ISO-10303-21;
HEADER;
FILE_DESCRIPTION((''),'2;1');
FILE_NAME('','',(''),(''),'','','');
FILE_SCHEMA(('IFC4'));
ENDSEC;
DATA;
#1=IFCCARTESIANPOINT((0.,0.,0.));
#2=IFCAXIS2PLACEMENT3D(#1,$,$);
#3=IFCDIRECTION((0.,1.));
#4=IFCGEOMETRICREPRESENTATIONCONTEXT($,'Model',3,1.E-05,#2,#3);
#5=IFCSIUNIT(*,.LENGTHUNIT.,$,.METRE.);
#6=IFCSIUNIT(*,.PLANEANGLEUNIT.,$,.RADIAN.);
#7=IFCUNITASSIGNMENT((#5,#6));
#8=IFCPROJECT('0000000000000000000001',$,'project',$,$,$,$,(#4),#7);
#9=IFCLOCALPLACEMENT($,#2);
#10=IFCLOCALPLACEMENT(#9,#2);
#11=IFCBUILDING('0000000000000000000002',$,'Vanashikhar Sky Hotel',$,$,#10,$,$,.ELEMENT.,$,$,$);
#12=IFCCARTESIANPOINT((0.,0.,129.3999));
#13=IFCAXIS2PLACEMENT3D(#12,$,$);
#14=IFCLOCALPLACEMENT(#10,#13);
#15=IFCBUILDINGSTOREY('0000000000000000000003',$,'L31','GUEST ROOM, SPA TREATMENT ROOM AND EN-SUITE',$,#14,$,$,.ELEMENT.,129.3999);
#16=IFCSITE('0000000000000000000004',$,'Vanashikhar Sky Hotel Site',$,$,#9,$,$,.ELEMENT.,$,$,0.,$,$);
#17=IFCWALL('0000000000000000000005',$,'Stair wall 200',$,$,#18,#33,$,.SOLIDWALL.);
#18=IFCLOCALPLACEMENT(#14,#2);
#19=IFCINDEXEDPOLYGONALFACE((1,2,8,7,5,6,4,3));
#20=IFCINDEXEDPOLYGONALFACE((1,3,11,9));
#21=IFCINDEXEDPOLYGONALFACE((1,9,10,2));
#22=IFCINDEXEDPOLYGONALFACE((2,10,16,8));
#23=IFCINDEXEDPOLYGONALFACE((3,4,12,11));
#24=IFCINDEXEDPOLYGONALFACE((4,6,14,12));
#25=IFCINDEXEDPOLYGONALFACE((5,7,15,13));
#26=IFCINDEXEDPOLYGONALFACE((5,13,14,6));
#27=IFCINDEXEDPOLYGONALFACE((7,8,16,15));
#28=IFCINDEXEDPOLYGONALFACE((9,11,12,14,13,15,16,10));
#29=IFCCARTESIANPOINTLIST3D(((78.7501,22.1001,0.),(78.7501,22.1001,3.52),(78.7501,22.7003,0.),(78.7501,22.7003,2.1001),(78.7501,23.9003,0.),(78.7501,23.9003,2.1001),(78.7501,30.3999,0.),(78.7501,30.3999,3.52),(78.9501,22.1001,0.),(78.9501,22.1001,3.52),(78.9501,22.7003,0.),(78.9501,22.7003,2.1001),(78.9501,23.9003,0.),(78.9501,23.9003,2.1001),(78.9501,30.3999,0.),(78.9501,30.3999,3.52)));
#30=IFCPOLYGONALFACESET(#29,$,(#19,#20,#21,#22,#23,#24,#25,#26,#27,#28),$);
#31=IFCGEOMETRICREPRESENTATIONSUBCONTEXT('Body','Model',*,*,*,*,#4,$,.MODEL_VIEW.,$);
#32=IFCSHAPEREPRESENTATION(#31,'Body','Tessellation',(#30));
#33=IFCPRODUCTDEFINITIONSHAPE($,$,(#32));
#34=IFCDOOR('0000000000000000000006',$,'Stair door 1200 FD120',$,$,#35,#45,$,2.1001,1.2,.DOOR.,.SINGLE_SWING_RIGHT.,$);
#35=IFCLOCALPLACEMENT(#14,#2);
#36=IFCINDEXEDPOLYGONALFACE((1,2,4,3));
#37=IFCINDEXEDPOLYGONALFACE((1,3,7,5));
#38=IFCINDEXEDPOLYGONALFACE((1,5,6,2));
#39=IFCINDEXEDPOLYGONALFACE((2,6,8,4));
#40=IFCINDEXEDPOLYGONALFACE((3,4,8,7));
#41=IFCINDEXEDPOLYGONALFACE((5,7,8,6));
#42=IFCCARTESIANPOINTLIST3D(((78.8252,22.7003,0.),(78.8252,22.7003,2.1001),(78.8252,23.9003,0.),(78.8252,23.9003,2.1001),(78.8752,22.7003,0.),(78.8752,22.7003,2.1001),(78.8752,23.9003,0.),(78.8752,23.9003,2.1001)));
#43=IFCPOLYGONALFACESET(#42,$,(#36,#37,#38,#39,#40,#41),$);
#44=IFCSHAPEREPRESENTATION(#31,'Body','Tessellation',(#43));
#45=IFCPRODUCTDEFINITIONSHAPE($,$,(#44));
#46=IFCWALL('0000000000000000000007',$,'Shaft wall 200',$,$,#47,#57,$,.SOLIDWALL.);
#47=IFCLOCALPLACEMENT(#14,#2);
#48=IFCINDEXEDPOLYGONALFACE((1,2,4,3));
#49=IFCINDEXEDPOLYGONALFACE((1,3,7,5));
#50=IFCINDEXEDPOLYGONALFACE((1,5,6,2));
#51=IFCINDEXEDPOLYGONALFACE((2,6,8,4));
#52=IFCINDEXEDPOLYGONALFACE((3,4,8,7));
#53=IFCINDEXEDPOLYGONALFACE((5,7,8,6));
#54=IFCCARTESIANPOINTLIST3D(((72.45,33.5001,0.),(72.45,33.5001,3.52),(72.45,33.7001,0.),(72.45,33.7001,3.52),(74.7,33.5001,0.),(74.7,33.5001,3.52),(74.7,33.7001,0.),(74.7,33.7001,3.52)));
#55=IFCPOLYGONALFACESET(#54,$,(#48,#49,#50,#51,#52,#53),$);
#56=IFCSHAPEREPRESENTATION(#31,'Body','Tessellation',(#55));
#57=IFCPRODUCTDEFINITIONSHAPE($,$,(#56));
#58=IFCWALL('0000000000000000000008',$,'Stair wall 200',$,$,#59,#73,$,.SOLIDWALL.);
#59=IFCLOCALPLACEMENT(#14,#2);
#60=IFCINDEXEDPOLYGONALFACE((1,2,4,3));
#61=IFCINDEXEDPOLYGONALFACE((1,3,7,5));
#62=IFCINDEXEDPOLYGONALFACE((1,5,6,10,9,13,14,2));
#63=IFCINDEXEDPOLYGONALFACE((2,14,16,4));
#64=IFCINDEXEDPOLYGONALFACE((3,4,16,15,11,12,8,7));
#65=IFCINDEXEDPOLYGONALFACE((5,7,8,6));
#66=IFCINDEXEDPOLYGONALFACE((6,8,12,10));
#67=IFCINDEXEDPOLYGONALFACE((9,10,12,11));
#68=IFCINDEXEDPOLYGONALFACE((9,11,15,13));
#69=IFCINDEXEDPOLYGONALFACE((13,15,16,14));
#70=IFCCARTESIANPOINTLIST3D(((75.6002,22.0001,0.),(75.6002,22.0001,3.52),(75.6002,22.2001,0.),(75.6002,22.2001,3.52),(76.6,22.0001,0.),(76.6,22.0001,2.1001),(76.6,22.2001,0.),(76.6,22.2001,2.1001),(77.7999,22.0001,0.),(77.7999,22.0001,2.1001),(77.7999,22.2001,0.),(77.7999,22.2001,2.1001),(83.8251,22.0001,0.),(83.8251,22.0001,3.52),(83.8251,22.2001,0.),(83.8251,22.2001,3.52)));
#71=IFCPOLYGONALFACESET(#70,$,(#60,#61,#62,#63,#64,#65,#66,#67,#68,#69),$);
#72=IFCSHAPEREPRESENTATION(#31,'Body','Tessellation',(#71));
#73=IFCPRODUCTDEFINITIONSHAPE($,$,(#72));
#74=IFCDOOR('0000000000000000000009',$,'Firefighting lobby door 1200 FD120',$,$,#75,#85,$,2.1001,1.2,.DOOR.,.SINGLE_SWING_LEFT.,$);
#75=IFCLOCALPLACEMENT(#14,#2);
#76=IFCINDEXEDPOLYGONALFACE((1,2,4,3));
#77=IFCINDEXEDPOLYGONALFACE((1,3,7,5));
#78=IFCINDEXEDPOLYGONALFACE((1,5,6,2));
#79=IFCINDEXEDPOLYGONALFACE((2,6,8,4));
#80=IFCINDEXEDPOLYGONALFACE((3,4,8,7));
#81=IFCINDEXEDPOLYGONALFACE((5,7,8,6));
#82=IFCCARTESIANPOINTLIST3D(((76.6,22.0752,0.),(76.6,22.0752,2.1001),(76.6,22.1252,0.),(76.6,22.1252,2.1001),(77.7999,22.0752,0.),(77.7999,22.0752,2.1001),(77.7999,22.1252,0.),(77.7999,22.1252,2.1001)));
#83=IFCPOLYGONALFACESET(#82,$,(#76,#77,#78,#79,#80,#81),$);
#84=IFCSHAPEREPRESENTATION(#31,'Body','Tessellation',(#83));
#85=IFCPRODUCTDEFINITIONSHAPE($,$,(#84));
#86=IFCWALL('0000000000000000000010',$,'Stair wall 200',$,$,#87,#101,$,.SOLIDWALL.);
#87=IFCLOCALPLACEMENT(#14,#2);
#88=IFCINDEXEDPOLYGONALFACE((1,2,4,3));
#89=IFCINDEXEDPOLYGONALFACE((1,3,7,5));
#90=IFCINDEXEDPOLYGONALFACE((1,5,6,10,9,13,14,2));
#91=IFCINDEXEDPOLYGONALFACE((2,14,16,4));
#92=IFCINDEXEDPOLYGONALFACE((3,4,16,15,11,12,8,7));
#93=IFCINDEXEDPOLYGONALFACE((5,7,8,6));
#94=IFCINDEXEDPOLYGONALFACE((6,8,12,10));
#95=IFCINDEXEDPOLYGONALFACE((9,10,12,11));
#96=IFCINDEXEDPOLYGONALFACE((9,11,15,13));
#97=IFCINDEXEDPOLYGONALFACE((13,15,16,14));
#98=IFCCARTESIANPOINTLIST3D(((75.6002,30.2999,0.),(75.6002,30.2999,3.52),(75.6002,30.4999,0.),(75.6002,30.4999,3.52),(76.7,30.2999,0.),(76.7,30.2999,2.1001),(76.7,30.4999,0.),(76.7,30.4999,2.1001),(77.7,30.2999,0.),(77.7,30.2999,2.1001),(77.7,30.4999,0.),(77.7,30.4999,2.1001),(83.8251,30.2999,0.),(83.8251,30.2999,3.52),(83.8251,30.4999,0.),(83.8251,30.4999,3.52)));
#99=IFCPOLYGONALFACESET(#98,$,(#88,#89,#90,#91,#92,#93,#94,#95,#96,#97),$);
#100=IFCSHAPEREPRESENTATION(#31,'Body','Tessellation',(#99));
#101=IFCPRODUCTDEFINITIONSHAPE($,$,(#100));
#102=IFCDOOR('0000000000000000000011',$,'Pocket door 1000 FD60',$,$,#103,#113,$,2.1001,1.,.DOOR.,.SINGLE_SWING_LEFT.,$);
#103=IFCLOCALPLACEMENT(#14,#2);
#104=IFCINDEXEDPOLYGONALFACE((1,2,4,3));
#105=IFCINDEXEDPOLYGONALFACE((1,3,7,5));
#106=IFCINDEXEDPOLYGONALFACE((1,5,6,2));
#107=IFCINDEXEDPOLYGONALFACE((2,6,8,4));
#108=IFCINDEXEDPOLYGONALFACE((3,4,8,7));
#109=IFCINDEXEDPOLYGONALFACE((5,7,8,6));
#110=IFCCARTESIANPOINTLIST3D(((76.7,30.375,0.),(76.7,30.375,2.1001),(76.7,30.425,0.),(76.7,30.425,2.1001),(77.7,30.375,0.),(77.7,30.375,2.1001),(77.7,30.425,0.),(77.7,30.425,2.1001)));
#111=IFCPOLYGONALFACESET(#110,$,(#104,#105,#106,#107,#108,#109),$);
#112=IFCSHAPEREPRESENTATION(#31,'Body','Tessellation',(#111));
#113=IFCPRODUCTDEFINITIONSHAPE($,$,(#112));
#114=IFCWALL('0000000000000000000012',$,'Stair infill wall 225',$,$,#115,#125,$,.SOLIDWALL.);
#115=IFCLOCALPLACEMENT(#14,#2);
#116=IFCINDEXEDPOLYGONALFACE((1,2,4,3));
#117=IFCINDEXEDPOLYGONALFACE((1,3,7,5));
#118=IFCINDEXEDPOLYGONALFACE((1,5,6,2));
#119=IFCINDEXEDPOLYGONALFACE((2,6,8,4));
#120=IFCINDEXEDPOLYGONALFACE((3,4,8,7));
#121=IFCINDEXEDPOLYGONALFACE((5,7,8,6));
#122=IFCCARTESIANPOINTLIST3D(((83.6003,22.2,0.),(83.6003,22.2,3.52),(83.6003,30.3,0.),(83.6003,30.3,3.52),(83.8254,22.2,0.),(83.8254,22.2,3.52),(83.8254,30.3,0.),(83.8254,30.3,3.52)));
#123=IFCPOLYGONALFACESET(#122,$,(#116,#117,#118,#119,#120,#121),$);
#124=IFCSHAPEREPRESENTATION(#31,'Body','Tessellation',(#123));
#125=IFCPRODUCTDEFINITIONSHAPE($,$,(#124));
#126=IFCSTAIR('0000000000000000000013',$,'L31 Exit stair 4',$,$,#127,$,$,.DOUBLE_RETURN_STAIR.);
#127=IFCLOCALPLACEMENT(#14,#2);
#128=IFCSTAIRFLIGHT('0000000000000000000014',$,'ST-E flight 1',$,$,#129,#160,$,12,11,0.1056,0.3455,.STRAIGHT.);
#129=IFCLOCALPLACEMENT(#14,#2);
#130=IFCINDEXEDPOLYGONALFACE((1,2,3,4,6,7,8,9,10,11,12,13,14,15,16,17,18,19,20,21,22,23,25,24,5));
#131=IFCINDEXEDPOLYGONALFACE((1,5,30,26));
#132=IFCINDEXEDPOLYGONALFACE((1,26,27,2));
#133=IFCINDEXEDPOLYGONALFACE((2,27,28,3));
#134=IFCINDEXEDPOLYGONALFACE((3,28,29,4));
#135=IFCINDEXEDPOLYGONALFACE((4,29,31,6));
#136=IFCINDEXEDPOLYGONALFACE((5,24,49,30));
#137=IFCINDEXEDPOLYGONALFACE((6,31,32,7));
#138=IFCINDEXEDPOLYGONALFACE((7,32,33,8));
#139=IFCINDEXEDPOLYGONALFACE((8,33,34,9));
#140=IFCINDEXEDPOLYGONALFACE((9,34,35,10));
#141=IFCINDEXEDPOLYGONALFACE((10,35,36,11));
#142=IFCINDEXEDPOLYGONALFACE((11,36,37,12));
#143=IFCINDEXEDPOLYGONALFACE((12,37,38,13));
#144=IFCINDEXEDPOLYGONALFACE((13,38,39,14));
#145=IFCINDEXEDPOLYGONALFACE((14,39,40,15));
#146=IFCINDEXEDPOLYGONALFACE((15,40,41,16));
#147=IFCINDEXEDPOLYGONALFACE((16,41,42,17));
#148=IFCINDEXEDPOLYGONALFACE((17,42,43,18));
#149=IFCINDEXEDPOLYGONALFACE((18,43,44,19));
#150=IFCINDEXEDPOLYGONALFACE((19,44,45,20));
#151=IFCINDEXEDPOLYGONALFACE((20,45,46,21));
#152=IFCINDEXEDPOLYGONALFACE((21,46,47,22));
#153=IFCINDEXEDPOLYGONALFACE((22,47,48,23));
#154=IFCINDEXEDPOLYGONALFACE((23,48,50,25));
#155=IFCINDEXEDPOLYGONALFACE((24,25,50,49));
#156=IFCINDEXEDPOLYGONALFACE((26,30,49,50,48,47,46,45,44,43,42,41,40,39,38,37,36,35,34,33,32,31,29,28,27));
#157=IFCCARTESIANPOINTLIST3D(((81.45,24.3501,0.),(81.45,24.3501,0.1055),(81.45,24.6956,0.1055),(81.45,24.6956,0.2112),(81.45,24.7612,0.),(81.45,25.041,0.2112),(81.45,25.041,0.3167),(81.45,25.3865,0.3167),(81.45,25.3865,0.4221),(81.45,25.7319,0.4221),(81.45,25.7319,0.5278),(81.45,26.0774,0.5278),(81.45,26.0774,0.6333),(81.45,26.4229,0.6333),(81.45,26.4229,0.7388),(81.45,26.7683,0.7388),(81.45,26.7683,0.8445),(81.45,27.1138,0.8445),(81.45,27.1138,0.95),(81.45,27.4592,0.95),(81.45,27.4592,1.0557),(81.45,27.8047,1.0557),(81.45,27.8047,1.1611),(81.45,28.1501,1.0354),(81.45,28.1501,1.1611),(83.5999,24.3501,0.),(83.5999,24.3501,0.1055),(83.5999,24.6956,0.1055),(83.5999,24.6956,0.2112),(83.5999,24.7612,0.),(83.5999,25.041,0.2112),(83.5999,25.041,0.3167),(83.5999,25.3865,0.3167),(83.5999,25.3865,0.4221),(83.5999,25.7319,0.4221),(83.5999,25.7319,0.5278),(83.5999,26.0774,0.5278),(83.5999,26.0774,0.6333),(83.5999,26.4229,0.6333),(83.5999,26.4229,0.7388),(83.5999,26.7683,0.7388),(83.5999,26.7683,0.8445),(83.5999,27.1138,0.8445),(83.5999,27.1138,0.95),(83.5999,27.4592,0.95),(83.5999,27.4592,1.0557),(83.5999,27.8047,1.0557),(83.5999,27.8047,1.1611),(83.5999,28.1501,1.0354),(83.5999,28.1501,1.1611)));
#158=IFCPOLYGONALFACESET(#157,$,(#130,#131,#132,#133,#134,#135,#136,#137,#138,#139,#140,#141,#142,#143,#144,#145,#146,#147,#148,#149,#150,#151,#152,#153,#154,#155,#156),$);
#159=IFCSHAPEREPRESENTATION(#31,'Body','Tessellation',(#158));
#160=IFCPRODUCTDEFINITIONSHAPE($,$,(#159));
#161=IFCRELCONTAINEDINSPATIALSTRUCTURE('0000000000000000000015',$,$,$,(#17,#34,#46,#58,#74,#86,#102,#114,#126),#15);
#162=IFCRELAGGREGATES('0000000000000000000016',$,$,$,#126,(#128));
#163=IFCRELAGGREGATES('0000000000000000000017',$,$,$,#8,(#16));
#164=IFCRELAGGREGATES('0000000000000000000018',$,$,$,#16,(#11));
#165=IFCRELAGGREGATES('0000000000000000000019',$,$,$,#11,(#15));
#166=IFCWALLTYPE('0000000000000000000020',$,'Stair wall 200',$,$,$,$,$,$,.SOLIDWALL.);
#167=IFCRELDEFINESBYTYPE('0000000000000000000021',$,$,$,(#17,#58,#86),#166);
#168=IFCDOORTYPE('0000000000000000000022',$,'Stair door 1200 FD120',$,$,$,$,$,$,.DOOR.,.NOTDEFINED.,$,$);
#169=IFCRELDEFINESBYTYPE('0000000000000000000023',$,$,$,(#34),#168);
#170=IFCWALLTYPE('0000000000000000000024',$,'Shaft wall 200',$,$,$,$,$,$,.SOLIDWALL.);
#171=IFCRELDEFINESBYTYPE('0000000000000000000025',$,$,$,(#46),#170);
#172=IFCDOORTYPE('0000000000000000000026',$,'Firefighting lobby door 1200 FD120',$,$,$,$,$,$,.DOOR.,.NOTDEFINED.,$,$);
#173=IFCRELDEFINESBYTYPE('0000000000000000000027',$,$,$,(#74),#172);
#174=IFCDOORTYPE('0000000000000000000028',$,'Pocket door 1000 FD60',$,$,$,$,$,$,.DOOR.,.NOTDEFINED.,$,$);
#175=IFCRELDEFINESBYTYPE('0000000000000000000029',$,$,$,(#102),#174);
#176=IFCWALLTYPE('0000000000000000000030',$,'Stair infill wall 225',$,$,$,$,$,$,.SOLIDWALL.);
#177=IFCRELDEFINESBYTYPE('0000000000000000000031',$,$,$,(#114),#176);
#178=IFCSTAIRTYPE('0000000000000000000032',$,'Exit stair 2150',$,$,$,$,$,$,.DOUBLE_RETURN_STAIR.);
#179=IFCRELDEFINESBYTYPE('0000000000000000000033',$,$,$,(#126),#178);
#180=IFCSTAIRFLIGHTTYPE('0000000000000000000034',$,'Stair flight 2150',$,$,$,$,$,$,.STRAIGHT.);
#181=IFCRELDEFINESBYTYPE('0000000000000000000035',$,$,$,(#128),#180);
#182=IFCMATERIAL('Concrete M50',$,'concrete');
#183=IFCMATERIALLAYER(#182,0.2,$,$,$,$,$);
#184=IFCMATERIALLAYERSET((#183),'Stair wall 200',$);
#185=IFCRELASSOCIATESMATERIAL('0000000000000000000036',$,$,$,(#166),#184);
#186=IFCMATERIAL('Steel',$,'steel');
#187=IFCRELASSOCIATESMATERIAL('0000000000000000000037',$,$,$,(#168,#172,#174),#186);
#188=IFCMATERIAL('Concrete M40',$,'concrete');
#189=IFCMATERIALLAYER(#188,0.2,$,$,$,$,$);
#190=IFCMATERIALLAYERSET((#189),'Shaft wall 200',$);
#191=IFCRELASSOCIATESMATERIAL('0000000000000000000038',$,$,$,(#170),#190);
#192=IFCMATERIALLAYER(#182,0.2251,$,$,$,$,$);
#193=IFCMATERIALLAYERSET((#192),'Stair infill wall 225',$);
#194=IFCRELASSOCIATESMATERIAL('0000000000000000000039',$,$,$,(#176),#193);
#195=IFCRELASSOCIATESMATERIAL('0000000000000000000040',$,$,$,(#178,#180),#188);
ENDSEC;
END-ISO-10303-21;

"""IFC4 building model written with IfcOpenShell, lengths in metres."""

from ifc_helpers import new_model, si_unit, direction, frame, frame_2d, origin, place, context, subcontext, project, spatial, polyline, rectangle, outline, extrude, source, transform, mapped, material, layer, layer_set, type_object, element, fill, aggregate, save


model = new_model("IFC4")

# Units and contexts
model_context = context("Model", 3, precision=1e-05, world=origin(), true_north=direction((0.0, 1.0)))
body_context = subcontext(model_context, "Body", "Model", "MODEL_VIEW")
ifc_project = project(units=[si_unit("LENGTHUNIT", "METRE"), si_unit("PLANEANGLEUNIT", "RADIAN")], contexts=[model_context])

# Site, building, storey
site_placement = place(None, origin())
site = spatial("IfcSite", under=ifc_project, at=site_placement, Name="Vanashikhar Sky Hotel Site", CompositionType="ELEMENT", RefElevation=0.0)
building_placement = place(site_placement, origin())
building = spatial("IfcBuilding", under=site, at=building_placement, Name="Vanashikhar Sky Hotel", CompositionType="ELEMENT")
storey_placement = place(building_placement, frame((0.0, 0.0, 129.3999)))
storey = spatial("IfcBuildingStorey", under=building, at=storey_placement, Name="L31", Description="GUEST ROOM, SPA TREATMENT ROOM AND EN-SUITE", CompositionType="ELEMENT", Elevation=129.3999)

# Shared definitions
ifc_material_1 = material(Name="Concrete M50", Category="concrete")

# Shared definitions
ifc_material_2 = material(Name="Steel", Category="steel")
shared_shape_1 = source(origin(), body_context, "Body", "SweptSolid", [
    extrude(rectangle(XDim=1.2, YDim=2.1001, at=frame_2d((0.6001, 1.05))), frame((0.0, 0.0249, 0.0), z_axis=(0.0, -1.0, 0.0), x_axis=(1.0, 0.0, 0.0)), (0.0, 0.0, 1.0), 0.05),
])

# Wall, opening, door
ifc_layer_1 = layer(ifc_material_1, 0.2)
ifc_layer_set_1 = layer_set([ifc_layer_1], Name="Stair wall 200")
wall_type_1 = type_object("IfcWallType", Name="Stair wall 200", PredefinedType="SOLIDWALL", material=ifc_layer_set_1)
shared_shape_2 = source(origin(), body_context, "Body", "SweptSolid", [
    extrude(rectangle(XDim=8.2998, YDim=0.2, at=frame_2d((4.1499, 0.0))), origin(), (0.0, 0.0, 1.0), 3.52),
])
wall_1_placement = place(storey_placement, frame((78.8501, 22.1001, 0.0), z_axis=(0.0, 0.0, 1.0), x_axis=(0.0, 1.0, 0.0)))
wall_1 = element("IfcWall", 1, at=wall_1_placement, inside=storey, type_object=wall_type_1, Name="Stair wall 200", PredefinedType="SOLIDWALL", context=body_context, shape_type="MappedRepresentation", body=[
    mapped(shared_shape_2, transform((0.0, 0.0, 0.0), scale=1.0)),
])
shared_shape_3 = source(origin(), body_context, "Body", "SweptSolid", [
    extrude(rectangle(XDim=1.2, YDim=2.1001, at=frame_2d((0.6001, 1.05))), frame((0.0, 0.1099, 0.0), z_axis=(0.0, -1.0, 0.0), x_axis=(1.0, 0.0, 0.0)), (0.0, 0.0, 1.0), 0.22),
])
opening_1_placement = place(wall_1_placement, frame((0.6001, 0.0, 0.0)))
opening_1 = element("IfcOpeningElement", 2, at=opening_1_placement, cuts=wall_1, PredefinedType="OPENING", context=body_context, shape_type="MappedRepresentation", body=[
    mapped(shared_shape_3, transform((0.0, 0.0, 0.0), scale=1.0)),
])
door_type_1 = type_object("IfcDoorType", Name="Stair door 1200 FD120", OperationType="NOTDEFINED", PredefinedType="DOOR", material=ifc_material_2)
door_1_placement = place(opening_1_placement, origin())
door_1 = element("IfcDoor", 3, at=door_1_placement, inside=storey, type_object=door_type_1, Name="Stair door 1200 FD120", OperationType="SINGLE_SWING_RIGHT", OverallHeight=2.1001, OverallWidth=1.2, PredefinedType="DOOR", context=body_context, shape_type="MappedRepresentation", body=[
    mapped(shared_shape_1, transform((0.0, 0.0, 0.0), scale=1.0)),
])
fill(opening_1, door_1)

# Wall
ifc_material_3 = material(Name="Concrete M40", Category="concrete")
ifc_layer_2 = layer(ifc_material_3, 0.2)
ifc_layer_set_2 = layer_set([ifc_layer_2], Name="Shaft wall 200")
wall_type_2 = type_object("IfcWallType", Name="Shaft wall 200", PredefinedType="SOLIDWALL", material=ifc_layer_set_2)
shared_shape_4 = source(origin(), body_context, "Body", "SweptSolid", [
    extrude(rectangle(XDim=2.25, YDim=0.2, at=frame_2d((1.125, 0.0))), origin(), (0.0, 0.0, 1.0), 3.52),
])
wall_2_placement = place(storey_placement, frame((72.45, 33.6001, 0.0), z_axis=(0.0, 0.0, 1.0), x_axis=(1.0, 0.0, 0.0)))
element("IfcWall", 4, at=wall_2_placement, inside=storey, type_object=wall_type_2, Name="Shaft wall 200", PredefinedType="SOLIDWALL", context=body_context, shape_type="MappedRepresentation", body=[
    mapped(shared_shape_4, transform((0.0, 0.0, 0.0), scale=1.0)),
])

# Walls, openings, doors
shared_shape_5 = source(origin(), body_context, "Body", "SweptSolid", [
    extrude(rectangle(XDim=8.2249, YDim=0.2, at=frame_2d((4.1123, 0.0))), origin(), (0.0, 0.0, 1.0), 3.52),
])
wall_3_placement = place(storey_placement, frame((83.825, 22.1001, 0.0), z_axis=(0.0, 0.0, 1.0), x_axis=(-1.0, 0.0, 0.0)))
wall_3 = element("IfcWall", 5, at=wall_3_placement, inside=storey, type_object=wall_type_1, Name="Stair wall 200", PredefinedType="SOLIDWALL", context=body_context, shape_type="MappedRepresentation", body=[
    mapped(shared_shape_5, transform((0.0, 0.0, 0.0), scale=1.0)),
])
opening_2_placement = place(wall_3_placement, frame((6.0249, 0.0, 0.0)))
opening_2 = element("IfcOpeningElement", 6, at=opening_2_placement, cuts=wall_3, PredefinedType="OPENING", context=body_context, shape_type="MappedRepresentation", body=[
    mapped(shared_shape_3, transform((0.0, 0.0, 0.0), scale=1.0)),
])
door_type_2 = type_object("IfcDoorType", Name="Firefighting lobby door 1200 FD120", OperationType="NOTDEFINED", PredefinedType="DOOR", material=ifc_material_2)
door_2_placement = place(opening_2_placement, origin())
door_2 = element("IfcDoor", 7, at=door_2_placement, inside=storey, type_object=door_type_2, Name="Firefighting lobby door 1200 FD120", OperationType="SINGLE_SWING_LEFT", OverallHeight=2.1001, OverallWidth=1.2, PredefinedType="DOOR", context=body_context, shape_type="MappedRepresentation", body=[
    mapped(shared_shape_1, transform((0.0, 0.0, 0.0), scale=1.0)),
])
fill(opening_2, door_2)
wall_4_placement = place(storey_placement, frame((83.825, 30.3999, 0.0), z_axis=(0.0, 0.0, 1.0), x_axis=(-1.0, 0.0, 0.0)))
wall_4 = element("IfcWall", 8, at=wall_4_placement, inside=storey, type_object=wall_type_1, Name="Stair wall 200", PredefinedType="SOLIDWALL", context=body_context, shape_type="MappedRepresentation", body=[
    mapped(shared_shape_5, transform((0.0, 0.0, 0.0), scale=1.0)),
])
shared_shape_6 = source(origin(), body_context, "Body", "SweptSolid", [
    extrude(rectangle(XDim=1.0, YDim=2.1001, at=frame_2d((0.5, 1.05))), frame((0.0, 0.1099, 0.0), z_axis=(0.0, -1.0, 0.0), x_axis=(1.0, 0.0, 0.0)), (0.0, 0.0, 1.0), 0.22),
])
opening_3_placement = place(wall_4_placement, frame((6.125, 0.0, 0.0)))
opening_3 = element("IfcOpeningElement", 9, at=opening_3_placement, cuts=wall_4, PredefinedType="OPENING", context=body_context, shape_type="MappedRepresentation", body=[
    mapped(shared_shape_6, transform((0.0, 0.0, 0.0), scale=1.0)),
])
door_type_3 = type_object("IfcDoorType", Name="Pocket door 1000 FD60", OperationType="NOTDEFINED", PredefinedType="DOOR", material=ifc_material_2)
shared_shape_7 = source(origin(), body_context, "Body", "SweptSolid", [
    extrude(rectangle(XDim=1.0, YDim=2.1001, at=frame_2d((0.5, 1.05))), frame((0.0, 0.0249, 0.0), z_axis=(0.0, -1.0, 0.0), x_axis=(1.0, 0.0, 0.0)), (0.0, 0.0, 1.0), 0.05),
])
door_3_placement = place(opening_3_placement, origin())
door_3 = element("IfcDoor", 10, at=door_3_placement, inside=storey, type_object=door_type_3, Name="Pocket door 1000 FD60", OperationType="SINGLE_SWING_LEFT", OverallHeight=2.1001, OverallWidth=1.0, PredefinedType="DOOR", context=body_context, shape_type="MappedRepresentation", body=[
    mapped(shared_shape_7, transform((0.0, 0.0, 0.0), scale=1.0)),
])
fill(opening_3, door_3)

# Wall
ifc_layer_3 = layer(ifc_material_1, 0.2251)
ifc_layer_set_3 = layer_set([ifc_layer_3], Name="Stair infill wall 225")
wall_type_3 = type_object("IfcWallType", Name="Stair infill wall 225", PredefinedType="SOLIDWALL", material=ifc_layer_set_3)
shared_shape_8 = source(origin(), body_context, "Body", "SweptSolid", [
    extrude(rectangle(XDim=8.1001, YDim=0.2251, at=frame_2d((4.05, 0.0))), origin(), (0.0, 0.0, 1.0), 3.52),
])
wall_5_placement = place(storey_placement, frame((83.7129, 22.2, 0.0), z_axis=(0.0, 0.0, 1.0), x_axis=(0.0, 1.0, 0.0)))
element("IfcWall", 11, at=wall_5_placement, inside=storey, type_object=wall_type_3, Name="Stair infill wall 225", PredefinedType="SOLIDWALL", context=body_context, shape_type="MappedRepresentation", body=[
    mapped(shared_shape_8, transform((0.0, 0.0, 0.0), scale=1.0)),
])

# Stair, stair flight
stair_type = type_object("IfcStairType", Name="Exit stair 2150", PredefinedType="DOUBLE_RETURN_STAIR", material=ifc_material_3)
stair_placement = place(storey_placement, origin())
stair = element("IfcStair", 12, at=stair_placement, inside=storey, type_object=stair_type, Name="L31 Exit stair 4", PredefinedType="DOUBLE_RETURN_STAIR")
stair_flight_type = type_object("IfcStairFlightType", Name="Stair flight 2150", PredefinedType="STRAIGHT", material=ifc_material_3)
shared_shape_9 = source(origin(), body_context, "Body", "SweptSolid", [
    extrude(outline(polyline([(0.0, 0.0), (0.0, 0.1055), (0.3455, 0.1055), (0.3455, 0.2112), (0.6909, 0.2112), (0.6909, 0.3167), (1.0364, 0.3167), (1.0364, 0.4221), (1.3818, 0.4221), (1.3818, 0.5278), (1.7273, 0.5278), (1.7273, 0.6333), (2.0728, 0.6333), (2.0728, 0.7388), (2.4182, 0.7388), (2.4182, 0.8445), (2.7637, 0.8445), (2.7637, 0.95), (3.1091, 0.95), (3.1091, 1.0557), (3.4546, 1.0557), (3.4546, 1.1611), (3.8, 1.1611), (3.8, 1.2666), (3.8, 1.0354), (0.4111, 0.0), (0.0, 0.0)])), frame((0.0, 1.075, 0.0), z_axis=(0.0, -1.0, 0.0), x_axis=(1.0, 0.0, 0.0)), (0.0, 0.0, 1.0), 2.1499),
])
stair_flight_1_placement = place(storey_placement, frame((82.5249, 24.3501, 0.0), z_axis=(0.0, 0.0, 1.0), x_axis=(0.0, 1.0, 0.0)))
stair_flight_1 = element("IfcStairFlight", 13, at=stair_flight_1_placement, type_object=stair_flight_type, Name="ST-E flight 1", NumberOfRisers=12, NumberOfTreads=11, PredefinedType="STRAIGHT", RiserHeight=0.1056, TreadLength=0.3455, context=body_context, shape_type="MappedRepresentation", body=[
    mapped(shared_shape_9, transform((0.0, 0.0, 0.0), scale=1.0)),
])
aggregate(stair, [stair_flight_1])

save(model, "model.ifc")
